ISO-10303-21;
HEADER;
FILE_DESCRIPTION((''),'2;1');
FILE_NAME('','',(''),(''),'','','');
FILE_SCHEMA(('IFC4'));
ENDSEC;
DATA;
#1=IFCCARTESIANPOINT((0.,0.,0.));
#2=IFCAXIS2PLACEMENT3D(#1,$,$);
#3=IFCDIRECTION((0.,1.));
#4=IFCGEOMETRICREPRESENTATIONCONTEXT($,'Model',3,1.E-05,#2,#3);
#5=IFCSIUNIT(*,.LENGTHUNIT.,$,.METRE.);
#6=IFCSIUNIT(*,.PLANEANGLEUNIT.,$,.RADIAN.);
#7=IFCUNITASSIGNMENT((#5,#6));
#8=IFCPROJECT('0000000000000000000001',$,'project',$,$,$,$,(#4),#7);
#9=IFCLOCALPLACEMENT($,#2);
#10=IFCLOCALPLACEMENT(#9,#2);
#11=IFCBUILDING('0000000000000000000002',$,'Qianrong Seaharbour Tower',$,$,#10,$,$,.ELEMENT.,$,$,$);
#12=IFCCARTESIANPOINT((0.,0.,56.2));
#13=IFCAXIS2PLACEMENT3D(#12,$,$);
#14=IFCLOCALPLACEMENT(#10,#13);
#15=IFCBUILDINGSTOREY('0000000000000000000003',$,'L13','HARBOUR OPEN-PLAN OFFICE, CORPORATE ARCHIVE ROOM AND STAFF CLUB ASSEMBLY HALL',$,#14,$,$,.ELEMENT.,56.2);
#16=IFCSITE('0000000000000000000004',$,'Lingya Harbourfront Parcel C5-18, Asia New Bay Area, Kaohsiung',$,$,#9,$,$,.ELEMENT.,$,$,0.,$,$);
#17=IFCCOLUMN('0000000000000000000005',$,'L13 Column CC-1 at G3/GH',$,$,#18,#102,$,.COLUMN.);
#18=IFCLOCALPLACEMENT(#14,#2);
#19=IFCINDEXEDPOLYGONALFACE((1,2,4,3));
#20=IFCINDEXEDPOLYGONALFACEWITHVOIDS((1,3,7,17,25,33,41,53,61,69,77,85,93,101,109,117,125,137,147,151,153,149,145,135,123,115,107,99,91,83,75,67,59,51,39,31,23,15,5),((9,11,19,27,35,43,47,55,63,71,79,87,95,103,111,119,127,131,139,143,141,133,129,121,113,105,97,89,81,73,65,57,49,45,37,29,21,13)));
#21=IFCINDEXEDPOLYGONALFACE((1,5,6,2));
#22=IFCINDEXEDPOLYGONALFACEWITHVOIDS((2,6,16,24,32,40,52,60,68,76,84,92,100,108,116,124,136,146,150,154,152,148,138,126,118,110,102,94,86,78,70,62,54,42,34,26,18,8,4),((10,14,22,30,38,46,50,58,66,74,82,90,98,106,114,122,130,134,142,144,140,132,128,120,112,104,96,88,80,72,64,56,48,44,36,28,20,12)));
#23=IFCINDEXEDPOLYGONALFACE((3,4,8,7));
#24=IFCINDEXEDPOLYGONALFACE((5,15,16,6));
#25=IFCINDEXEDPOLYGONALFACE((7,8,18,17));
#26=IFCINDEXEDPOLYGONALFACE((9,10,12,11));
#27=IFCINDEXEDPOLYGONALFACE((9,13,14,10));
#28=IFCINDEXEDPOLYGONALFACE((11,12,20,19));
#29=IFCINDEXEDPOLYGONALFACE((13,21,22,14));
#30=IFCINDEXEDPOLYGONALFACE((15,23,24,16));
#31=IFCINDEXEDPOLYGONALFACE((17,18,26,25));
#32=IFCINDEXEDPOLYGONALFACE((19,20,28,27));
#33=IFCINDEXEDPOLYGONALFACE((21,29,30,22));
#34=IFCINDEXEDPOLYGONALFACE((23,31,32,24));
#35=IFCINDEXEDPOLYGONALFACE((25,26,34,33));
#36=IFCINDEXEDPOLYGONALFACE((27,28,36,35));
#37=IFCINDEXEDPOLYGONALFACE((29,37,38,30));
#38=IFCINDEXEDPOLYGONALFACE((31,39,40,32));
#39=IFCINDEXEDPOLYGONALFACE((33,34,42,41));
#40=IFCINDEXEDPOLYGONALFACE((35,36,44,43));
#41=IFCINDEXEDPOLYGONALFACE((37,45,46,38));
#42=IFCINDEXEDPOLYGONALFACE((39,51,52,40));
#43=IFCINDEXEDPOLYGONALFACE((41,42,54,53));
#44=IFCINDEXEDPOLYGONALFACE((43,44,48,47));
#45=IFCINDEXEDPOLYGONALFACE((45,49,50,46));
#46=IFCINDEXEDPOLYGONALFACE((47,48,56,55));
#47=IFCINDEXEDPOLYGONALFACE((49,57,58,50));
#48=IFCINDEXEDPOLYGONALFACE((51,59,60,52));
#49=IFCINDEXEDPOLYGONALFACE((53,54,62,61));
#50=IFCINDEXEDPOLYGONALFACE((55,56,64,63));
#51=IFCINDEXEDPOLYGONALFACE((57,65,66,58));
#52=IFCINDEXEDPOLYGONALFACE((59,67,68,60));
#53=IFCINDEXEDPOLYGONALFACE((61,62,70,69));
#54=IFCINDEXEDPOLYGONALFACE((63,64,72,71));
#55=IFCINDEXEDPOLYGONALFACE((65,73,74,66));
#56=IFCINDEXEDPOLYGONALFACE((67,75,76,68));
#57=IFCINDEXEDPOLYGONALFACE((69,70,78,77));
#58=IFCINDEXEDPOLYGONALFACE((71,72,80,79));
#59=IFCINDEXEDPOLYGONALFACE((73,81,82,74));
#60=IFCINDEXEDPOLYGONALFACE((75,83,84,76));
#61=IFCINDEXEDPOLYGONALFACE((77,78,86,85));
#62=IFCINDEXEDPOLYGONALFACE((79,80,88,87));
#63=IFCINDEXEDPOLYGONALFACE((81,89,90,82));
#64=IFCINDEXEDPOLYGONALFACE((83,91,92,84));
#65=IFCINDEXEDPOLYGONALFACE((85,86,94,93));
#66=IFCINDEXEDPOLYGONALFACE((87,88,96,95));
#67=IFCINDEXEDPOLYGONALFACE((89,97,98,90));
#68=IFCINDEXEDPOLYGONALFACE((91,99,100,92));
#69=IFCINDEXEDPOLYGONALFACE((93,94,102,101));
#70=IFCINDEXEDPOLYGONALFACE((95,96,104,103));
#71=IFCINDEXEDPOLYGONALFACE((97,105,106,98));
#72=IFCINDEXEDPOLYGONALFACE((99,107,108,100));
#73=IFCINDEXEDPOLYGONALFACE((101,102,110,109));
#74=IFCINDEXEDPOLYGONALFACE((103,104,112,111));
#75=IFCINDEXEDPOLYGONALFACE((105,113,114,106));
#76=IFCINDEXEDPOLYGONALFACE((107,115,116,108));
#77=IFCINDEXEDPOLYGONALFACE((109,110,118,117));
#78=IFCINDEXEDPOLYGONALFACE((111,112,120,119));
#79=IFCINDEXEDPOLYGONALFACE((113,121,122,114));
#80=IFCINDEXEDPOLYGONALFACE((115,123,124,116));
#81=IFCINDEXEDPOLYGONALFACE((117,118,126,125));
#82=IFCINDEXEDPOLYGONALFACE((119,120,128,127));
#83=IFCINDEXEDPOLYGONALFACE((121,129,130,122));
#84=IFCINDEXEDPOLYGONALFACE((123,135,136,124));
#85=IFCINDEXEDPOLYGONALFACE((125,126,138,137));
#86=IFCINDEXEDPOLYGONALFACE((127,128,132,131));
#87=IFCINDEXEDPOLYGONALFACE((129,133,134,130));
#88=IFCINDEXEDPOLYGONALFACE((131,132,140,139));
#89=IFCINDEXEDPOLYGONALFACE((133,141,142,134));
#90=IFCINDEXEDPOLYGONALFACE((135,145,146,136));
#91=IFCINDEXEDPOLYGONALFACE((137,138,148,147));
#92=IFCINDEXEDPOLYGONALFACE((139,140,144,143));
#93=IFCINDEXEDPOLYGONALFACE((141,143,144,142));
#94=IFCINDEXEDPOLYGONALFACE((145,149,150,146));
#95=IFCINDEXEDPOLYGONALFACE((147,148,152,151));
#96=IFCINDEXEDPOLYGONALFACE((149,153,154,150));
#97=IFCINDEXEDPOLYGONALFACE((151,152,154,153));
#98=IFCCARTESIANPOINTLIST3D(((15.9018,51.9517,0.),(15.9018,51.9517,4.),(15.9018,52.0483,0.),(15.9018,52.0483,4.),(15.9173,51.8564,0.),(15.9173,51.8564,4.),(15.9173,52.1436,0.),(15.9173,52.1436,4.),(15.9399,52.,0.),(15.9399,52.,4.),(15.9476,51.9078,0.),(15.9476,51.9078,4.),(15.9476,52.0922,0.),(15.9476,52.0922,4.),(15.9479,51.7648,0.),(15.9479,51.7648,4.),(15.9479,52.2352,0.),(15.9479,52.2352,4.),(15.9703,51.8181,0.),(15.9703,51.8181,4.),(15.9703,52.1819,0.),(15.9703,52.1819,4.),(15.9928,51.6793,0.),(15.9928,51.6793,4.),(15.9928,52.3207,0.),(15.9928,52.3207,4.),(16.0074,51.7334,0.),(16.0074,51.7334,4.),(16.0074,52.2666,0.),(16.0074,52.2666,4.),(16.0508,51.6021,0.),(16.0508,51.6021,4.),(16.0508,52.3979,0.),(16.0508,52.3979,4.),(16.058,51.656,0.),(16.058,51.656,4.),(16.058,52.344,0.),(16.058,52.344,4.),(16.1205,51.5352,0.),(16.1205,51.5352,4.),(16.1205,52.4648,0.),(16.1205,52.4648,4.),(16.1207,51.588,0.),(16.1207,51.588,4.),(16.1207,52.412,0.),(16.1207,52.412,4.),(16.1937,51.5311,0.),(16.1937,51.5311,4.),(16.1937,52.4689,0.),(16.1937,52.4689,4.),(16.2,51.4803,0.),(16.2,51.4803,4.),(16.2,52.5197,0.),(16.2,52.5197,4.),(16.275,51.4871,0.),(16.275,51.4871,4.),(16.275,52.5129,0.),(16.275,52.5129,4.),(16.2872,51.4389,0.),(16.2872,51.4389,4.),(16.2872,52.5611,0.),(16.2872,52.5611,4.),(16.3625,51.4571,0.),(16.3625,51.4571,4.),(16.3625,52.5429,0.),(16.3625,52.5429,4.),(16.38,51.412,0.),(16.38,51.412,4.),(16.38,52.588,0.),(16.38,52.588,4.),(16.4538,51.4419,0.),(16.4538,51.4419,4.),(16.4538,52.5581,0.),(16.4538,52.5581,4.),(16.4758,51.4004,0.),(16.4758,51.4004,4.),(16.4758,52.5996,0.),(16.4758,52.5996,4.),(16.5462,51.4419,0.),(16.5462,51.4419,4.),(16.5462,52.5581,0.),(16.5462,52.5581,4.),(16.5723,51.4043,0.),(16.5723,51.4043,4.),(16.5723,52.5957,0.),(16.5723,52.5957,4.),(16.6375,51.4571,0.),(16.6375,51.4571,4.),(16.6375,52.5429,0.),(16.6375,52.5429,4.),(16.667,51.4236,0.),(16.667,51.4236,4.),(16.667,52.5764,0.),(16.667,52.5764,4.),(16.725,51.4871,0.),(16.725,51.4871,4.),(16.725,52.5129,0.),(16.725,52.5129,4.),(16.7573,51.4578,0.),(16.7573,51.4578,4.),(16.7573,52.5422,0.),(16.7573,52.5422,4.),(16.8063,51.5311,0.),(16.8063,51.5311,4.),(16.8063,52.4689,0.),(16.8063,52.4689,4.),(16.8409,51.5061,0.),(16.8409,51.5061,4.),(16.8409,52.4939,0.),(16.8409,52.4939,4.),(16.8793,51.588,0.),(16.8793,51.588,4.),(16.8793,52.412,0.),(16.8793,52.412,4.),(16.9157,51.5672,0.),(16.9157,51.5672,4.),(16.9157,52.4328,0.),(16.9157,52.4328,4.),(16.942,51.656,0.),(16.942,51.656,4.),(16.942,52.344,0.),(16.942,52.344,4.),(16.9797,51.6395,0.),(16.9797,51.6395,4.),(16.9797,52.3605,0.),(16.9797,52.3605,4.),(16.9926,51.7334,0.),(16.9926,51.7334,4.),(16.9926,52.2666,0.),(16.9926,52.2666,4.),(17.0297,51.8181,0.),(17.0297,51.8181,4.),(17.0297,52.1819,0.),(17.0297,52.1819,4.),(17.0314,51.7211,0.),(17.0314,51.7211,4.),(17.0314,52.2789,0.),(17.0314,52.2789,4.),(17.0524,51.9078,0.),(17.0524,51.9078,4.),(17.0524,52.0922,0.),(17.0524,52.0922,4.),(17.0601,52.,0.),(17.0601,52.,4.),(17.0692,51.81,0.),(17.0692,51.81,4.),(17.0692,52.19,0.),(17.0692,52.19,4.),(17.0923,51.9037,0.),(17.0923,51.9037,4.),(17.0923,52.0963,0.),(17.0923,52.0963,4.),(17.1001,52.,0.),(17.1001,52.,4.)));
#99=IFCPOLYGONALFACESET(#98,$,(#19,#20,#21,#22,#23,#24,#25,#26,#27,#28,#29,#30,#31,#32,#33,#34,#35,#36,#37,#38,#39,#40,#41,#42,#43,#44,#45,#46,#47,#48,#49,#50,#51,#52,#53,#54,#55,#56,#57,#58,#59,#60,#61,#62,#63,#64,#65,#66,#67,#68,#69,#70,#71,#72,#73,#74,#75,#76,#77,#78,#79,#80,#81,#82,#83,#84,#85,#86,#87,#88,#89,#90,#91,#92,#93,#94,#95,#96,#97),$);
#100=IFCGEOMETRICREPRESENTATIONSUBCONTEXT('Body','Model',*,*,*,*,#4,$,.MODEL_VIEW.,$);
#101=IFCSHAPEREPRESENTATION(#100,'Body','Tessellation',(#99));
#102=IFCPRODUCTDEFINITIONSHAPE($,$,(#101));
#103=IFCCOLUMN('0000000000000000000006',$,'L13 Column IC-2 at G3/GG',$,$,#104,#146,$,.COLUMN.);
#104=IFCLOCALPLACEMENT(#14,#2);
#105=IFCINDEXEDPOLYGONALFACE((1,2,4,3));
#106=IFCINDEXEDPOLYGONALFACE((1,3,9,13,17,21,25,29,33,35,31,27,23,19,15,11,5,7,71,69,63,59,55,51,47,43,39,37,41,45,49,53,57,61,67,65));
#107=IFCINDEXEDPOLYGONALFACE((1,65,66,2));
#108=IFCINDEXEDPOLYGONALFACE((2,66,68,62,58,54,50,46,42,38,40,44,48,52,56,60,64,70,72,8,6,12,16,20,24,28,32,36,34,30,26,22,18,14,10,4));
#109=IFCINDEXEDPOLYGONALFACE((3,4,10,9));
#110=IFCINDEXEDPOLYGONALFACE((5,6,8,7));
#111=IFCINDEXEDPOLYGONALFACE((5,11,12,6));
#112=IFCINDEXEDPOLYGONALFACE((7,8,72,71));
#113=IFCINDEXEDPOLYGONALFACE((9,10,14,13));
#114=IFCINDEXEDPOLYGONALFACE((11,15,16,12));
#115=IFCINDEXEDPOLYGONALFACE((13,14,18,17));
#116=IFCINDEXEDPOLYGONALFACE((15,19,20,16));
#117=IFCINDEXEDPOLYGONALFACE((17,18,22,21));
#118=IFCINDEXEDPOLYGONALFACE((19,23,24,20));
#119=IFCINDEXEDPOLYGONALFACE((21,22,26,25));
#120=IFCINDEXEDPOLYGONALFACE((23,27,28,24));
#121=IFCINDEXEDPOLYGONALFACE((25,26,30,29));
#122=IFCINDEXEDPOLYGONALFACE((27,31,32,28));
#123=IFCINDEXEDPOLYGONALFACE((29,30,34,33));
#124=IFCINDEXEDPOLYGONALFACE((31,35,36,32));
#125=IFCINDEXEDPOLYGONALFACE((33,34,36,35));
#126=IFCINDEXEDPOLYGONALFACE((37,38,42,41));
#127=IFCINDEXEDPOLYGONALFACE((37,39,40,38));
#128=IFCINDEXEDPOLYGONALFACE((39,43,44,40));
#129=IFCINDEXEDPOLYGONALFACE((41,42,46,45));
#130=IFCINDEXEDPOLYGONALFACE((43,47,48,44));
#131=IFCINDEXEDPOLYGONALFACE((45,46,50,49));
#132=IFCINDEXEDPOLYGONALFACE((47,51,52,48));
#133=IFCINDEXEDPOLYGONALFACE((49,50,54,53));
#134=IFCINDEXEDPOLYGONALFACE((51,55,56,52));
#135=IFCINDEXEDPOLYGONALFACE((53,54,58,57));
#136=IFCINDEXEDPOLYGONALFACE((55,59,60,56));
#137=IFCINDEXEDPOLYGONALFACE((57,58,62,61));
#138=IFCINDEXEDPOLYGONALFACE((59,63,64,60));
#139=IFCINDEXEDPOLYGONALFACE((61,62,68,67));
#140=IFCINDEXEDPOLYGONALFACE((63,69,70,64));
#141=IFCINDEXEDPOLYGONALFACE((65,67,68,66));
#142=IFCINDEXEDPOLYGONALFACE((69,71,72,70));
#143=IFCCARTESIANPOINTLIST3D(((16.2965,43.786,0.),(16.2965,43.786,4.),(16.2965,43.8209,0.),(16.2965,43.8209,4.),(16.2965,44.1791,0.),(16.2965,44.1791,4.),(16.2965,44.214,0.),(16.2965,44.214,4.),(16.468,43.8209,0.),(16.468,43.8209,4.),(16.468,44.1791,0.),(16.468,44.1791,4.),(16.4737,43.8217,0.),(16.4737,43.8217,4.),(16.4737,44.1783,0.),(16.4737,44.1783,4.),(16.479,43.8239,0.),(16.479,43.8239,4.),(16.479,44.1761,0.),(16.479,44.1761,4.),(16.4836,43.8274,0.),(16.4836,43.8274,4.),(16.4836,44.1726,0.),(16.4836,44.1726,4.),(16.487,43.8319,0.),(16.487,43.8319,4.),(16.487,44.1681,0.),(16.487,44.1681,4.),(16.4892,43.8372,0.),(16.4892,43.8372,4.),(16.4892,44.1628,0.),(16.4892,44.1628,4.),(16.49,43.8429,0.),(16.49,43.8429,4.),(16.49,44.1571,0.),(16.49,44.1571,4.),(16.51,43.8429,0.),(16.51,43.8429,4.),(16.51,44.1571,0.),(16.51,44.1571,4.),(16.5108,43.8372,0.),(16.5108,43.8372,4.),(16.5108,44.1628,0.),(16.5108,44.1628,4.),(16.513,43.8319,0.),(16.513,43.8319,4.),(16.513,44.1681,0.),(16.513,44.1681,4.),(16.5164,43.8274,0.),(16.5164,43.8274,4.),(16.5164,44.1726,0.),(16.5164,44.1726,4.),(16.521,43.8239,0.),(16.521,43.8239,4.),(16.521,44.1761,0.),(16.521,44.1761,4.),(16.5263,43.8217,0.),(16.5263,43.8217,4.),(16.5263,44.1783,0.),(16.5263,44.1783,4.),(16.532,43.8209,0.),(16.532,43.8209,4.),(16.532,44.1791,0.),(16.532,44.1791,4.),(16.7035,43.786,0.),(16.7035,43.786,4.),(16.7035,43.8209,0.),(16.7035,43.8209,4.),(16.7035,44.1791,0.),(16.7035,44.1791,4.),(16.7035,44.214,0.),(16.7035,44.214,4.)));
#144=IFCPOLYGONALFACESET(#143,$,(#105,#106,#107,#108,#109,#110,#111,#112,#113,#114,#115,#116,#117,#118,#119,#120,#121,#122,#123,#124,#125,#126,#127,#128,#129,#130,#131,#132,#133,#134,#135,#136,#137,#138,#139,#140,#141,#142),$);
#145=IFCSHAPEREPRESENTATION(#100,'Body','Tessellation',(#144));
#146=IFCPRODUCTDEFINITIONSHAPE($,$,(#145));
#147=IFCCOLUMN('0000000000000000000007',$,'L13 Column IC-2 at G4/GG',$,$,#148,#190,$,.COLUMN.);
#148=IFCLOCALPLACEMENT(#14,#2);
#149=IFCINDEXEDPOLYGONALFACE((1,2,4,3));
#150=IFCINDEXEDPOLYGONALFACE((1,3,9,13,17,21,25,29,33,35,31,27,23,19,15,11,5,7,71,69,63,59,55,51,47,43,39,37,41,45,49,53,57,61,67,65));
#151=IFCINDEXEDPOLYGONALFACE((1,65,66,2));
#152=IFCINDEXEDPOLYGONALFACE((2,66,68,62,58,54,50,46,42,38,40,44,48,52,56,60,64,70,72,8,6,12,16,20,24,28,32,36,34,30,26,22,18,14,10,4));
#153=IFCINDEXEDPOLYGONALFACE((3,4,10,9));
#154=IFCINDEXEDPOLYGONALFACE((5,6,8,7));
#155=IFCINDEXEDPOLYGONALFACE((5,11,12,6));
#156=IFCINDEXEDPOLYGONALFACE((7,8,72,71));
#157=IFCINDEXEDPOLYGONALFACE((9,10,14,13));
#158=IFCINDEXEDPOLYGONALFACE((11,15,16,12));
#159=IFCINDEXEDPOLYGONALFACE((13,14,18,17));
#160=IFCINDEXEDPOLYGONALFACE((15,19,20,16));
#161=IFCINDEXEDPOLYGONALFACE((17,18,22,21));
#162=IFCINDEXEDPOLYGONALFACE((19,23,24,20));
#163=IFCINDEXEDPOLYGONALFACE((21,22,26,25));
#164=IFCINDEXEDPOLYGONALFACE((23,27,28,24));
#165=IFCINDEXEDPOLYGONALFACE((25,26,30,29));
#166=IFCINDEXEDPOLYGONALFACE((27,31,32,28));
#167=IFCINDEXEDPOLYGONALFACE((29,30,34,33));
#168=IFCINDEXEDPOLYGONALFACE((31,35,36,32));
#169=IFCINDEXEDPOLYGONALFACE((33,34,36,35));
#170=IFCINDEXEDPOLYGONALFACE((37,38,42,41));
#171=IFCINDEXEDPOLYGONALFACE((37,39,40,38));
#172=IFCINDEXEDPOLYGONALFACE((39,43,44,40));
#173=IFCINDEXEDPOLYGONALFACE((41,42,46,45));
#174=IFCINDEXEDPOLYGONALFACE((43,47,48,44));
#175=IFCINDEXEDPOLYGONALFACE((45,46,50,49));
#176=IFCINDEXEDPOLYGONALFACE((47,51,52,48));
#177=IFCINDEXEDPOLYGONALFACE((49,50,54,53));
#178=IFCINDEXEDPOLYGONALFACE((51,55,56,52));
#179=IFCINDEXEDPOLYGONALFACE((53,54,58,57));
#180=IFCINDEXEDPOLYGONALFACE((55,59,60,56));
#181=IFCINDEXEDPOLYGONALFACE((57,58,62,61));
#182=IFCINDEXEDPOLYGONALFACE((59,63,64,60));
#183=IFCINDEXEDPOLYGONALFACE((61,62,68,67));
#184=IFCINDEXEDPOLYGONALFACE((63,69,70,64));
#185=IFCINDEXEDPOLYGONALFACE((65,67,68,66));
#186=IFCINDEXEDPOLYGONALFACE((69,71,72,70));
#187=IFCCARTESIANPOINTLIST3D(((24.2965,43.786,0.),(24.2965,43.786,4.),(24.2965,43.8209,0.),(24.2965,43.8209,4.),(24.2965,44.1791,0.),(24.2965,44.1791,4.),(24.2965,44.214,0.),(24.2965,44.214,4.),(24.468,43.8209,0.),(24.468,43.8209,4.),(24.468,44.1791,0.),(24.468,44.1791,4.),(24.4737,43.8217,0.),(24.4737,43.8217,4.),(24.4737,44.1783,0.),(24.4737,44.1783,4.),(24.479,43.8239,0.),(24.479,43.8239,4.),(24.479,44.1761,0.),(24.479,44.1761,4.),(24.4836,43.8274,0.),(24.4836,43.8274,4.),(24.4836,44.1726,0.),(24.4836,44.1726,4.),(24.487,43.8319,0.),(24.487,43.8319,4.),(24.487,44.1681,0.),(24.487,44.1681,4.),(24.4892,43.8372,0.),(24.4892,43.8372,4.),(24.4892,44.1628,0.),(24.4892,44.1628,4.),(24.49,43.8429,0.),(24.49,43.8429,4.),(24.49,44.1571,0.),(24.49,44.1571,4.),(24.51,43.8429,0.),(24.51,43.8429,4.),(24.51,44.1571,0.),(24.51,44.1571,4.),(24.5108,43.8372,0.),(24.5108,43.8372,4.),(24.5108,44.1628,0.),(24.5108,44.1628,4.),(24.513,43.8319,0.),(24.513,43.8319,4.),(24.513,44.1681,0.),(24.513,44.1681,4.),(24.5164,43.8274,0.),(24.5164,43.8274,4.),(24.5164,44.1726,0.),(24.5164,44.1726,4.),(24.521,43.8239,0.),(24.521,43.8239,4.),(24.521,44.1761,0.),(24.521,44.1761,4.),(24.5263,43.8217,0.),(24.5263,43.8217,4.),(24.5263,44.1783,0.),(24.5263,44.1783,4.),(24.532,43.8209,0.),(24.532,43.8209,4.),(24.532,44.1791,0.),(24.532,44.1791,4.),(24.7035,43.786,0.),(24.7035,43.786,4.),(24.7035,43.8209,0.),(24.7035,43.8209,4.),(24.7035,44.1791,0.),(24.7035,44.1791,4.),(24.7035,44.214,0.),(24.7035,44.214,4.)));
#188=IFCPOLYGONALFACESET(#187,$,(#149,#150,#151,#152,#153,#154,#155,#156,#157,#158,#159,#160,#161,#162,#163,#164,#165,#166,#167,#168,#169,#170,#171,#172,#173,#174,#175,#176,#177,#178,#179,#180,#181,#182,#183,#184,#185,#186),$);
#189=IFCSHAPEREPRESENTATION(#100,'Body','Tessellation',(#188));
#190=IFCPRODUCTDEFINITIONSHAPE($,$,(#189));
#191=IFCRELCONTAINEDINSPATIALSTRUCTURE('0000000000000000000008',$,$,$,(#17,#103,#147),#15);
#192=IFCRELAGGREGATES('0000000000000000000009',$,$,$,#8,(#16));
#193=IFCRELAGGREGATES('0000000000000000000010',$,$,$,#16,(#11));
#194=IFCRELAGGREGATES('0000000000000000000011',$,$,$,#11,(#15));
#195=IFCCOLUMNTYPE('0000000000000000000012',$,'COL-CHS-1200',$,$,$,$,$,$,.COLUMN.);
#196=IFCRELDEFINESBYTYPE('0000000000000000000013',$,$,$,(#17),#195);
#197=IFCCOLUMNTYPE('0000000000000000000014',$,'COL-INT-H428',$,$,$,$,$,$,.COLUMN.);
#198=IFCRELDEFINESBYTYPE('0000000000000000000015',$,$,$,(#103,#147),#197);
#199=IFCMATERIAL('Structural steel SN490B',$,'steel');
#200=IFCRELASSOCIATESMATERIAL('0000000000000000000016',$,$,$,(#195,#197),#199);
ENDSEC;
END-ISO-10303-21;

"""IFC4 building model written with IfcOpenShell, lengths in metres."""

from ifc_helpers import new_model, si_unit, direction, frame, origin, origin_2d, place, context, subcontext, project, spatial, hollow_circle, i_section, extrude, material, material_profile, profile_set, type_object, element, save


model = new_model("IFC4")

# Units and contexts
model_context = context("Model", 3, precision=1e-05, world=origin(), true_north=direction((0.0, 1.0)))
body_context = subcontext(model_context, "Body", "Model", "MODEL_VIEW")
ifc_project = project(units=[si_unit("LENGTHUNIT", "METRE"), si_unit("PLANEANGLEUNIT", "RADIAN")], contexts=[model_context])

# Site, building, storey
site_placement = place(None, origin())
site = spatial("IfcSite", under=ifc_project, at=site_placement, Name="Lingya Harbourfront Parcel C5-18, Asia New Bay Area, Kaohsiung", CompositionType="ELEMENT", RefElevation=0.0)
building_placement = place(site_placement, origin())
building = spatial("IfcBuilding", under=site, at=building_placement, Name="Qianrong Seaharbour Tower", CompositionType="ELEMENT")
storey_placement = place(building_placement, frame((0.0, 0.0, 56.2)))
storey = spatial("IfcBuildingStorey", under=building, at=storey_placement, Name="L13", Description="HARBOUR OPEN-PLAN OFFICE, CORPORATE ARCHIVE ROOM AND STAFF CLUB ASSEMBLY HALL", CompositionType="ELEMENT", Elevation=56.2)

# Columns
ifc_material_1 = material(Name="Structural steel SN490B", Category="steel")
ifc_material_profile_1 = material_profile(ifc_material_1, hollow_circle(Radius=0.6001, WallThickness=0.04, at=origin_2d()), Name="CHS1200x40")
ifc_profile_set_1 = profile_set([ifc_material_profile_1], Name="Structural steel SN490B")
column_type_1 = type_object("IfcColumnType", Name="COL-CHS-1200", PredefinedType="COLUMN", material=ifc_profile_set_1)
column_placement = place(storey_placement, frame((16.5, 52.0, 0.0), z_axis=(0.0, 0.0, 1.0), x_axis=(1.0, 0.0, 0.0)))
element("IfcColumn", 1, at=column_placement, inside=storey, type_object=column_type_1, Name="L13 Column CC-1 at G3/GH", PredefinedType="COLUMN", context=body_context, shape_type="SweptSolid", body=[
    extrude(hollow_circle(Radius=0.6001, WallThickness=0.04, at=origin_2d()), origin(), (0.0, 0.0, 1.0), 4.0),
])
ifc_material_profile_2 = material_profile(ifc_material_1, i_section(OverallWidth=0.407, OverallDepth=0.428, WebThickness=0.02, FlangeThickness=0.0349, FilletRadius=0.022, at=origin_2d()), Name="H428x407x20x35")
ifc_profile_set_2 = profile_set([ifc_material_profile_2], Name="Structural steel SN490B")
column_type_2 = type_object("IfcColumnType", Name="COL-INT-H428", PredefinedType="COLUMN", material=ifc_profile_set_2)
for number, where, z_axis, x_axis, name in (
    (2, (16.5, 44.0, 0.0), (0.0, 0.0, 1.0), (1.0, 0.0, 0.0), "L13 Column IC-2 at G3/GG"),
    (3, (24.5, 44.0, 0.0), (0.0, 0.0, 1.0), (1.0, 0.0, 0.0), "L13 Column IC-2 at G4/GG"),
):
    element("IfcColumn", number, at=place(storey_placement, frame(where, z_axis=z_axis, x_axis=x_axis)), inside=storey, type_object=column_type_2, Name=name, PredefinedType="COLUMN", context=body_context, shape_type="SweptSolid", body=[
        extrude(i_section(OverallWidth=0.407, OverallDepth=0.428, WebThickness=0.02, FlangeThickness=0.0349, FilletRadius=0.022, at=origin_2d()), origin(), (0.0, 0.0, 1.0), 4.0),
    ])

save(model, "model.ifc")
